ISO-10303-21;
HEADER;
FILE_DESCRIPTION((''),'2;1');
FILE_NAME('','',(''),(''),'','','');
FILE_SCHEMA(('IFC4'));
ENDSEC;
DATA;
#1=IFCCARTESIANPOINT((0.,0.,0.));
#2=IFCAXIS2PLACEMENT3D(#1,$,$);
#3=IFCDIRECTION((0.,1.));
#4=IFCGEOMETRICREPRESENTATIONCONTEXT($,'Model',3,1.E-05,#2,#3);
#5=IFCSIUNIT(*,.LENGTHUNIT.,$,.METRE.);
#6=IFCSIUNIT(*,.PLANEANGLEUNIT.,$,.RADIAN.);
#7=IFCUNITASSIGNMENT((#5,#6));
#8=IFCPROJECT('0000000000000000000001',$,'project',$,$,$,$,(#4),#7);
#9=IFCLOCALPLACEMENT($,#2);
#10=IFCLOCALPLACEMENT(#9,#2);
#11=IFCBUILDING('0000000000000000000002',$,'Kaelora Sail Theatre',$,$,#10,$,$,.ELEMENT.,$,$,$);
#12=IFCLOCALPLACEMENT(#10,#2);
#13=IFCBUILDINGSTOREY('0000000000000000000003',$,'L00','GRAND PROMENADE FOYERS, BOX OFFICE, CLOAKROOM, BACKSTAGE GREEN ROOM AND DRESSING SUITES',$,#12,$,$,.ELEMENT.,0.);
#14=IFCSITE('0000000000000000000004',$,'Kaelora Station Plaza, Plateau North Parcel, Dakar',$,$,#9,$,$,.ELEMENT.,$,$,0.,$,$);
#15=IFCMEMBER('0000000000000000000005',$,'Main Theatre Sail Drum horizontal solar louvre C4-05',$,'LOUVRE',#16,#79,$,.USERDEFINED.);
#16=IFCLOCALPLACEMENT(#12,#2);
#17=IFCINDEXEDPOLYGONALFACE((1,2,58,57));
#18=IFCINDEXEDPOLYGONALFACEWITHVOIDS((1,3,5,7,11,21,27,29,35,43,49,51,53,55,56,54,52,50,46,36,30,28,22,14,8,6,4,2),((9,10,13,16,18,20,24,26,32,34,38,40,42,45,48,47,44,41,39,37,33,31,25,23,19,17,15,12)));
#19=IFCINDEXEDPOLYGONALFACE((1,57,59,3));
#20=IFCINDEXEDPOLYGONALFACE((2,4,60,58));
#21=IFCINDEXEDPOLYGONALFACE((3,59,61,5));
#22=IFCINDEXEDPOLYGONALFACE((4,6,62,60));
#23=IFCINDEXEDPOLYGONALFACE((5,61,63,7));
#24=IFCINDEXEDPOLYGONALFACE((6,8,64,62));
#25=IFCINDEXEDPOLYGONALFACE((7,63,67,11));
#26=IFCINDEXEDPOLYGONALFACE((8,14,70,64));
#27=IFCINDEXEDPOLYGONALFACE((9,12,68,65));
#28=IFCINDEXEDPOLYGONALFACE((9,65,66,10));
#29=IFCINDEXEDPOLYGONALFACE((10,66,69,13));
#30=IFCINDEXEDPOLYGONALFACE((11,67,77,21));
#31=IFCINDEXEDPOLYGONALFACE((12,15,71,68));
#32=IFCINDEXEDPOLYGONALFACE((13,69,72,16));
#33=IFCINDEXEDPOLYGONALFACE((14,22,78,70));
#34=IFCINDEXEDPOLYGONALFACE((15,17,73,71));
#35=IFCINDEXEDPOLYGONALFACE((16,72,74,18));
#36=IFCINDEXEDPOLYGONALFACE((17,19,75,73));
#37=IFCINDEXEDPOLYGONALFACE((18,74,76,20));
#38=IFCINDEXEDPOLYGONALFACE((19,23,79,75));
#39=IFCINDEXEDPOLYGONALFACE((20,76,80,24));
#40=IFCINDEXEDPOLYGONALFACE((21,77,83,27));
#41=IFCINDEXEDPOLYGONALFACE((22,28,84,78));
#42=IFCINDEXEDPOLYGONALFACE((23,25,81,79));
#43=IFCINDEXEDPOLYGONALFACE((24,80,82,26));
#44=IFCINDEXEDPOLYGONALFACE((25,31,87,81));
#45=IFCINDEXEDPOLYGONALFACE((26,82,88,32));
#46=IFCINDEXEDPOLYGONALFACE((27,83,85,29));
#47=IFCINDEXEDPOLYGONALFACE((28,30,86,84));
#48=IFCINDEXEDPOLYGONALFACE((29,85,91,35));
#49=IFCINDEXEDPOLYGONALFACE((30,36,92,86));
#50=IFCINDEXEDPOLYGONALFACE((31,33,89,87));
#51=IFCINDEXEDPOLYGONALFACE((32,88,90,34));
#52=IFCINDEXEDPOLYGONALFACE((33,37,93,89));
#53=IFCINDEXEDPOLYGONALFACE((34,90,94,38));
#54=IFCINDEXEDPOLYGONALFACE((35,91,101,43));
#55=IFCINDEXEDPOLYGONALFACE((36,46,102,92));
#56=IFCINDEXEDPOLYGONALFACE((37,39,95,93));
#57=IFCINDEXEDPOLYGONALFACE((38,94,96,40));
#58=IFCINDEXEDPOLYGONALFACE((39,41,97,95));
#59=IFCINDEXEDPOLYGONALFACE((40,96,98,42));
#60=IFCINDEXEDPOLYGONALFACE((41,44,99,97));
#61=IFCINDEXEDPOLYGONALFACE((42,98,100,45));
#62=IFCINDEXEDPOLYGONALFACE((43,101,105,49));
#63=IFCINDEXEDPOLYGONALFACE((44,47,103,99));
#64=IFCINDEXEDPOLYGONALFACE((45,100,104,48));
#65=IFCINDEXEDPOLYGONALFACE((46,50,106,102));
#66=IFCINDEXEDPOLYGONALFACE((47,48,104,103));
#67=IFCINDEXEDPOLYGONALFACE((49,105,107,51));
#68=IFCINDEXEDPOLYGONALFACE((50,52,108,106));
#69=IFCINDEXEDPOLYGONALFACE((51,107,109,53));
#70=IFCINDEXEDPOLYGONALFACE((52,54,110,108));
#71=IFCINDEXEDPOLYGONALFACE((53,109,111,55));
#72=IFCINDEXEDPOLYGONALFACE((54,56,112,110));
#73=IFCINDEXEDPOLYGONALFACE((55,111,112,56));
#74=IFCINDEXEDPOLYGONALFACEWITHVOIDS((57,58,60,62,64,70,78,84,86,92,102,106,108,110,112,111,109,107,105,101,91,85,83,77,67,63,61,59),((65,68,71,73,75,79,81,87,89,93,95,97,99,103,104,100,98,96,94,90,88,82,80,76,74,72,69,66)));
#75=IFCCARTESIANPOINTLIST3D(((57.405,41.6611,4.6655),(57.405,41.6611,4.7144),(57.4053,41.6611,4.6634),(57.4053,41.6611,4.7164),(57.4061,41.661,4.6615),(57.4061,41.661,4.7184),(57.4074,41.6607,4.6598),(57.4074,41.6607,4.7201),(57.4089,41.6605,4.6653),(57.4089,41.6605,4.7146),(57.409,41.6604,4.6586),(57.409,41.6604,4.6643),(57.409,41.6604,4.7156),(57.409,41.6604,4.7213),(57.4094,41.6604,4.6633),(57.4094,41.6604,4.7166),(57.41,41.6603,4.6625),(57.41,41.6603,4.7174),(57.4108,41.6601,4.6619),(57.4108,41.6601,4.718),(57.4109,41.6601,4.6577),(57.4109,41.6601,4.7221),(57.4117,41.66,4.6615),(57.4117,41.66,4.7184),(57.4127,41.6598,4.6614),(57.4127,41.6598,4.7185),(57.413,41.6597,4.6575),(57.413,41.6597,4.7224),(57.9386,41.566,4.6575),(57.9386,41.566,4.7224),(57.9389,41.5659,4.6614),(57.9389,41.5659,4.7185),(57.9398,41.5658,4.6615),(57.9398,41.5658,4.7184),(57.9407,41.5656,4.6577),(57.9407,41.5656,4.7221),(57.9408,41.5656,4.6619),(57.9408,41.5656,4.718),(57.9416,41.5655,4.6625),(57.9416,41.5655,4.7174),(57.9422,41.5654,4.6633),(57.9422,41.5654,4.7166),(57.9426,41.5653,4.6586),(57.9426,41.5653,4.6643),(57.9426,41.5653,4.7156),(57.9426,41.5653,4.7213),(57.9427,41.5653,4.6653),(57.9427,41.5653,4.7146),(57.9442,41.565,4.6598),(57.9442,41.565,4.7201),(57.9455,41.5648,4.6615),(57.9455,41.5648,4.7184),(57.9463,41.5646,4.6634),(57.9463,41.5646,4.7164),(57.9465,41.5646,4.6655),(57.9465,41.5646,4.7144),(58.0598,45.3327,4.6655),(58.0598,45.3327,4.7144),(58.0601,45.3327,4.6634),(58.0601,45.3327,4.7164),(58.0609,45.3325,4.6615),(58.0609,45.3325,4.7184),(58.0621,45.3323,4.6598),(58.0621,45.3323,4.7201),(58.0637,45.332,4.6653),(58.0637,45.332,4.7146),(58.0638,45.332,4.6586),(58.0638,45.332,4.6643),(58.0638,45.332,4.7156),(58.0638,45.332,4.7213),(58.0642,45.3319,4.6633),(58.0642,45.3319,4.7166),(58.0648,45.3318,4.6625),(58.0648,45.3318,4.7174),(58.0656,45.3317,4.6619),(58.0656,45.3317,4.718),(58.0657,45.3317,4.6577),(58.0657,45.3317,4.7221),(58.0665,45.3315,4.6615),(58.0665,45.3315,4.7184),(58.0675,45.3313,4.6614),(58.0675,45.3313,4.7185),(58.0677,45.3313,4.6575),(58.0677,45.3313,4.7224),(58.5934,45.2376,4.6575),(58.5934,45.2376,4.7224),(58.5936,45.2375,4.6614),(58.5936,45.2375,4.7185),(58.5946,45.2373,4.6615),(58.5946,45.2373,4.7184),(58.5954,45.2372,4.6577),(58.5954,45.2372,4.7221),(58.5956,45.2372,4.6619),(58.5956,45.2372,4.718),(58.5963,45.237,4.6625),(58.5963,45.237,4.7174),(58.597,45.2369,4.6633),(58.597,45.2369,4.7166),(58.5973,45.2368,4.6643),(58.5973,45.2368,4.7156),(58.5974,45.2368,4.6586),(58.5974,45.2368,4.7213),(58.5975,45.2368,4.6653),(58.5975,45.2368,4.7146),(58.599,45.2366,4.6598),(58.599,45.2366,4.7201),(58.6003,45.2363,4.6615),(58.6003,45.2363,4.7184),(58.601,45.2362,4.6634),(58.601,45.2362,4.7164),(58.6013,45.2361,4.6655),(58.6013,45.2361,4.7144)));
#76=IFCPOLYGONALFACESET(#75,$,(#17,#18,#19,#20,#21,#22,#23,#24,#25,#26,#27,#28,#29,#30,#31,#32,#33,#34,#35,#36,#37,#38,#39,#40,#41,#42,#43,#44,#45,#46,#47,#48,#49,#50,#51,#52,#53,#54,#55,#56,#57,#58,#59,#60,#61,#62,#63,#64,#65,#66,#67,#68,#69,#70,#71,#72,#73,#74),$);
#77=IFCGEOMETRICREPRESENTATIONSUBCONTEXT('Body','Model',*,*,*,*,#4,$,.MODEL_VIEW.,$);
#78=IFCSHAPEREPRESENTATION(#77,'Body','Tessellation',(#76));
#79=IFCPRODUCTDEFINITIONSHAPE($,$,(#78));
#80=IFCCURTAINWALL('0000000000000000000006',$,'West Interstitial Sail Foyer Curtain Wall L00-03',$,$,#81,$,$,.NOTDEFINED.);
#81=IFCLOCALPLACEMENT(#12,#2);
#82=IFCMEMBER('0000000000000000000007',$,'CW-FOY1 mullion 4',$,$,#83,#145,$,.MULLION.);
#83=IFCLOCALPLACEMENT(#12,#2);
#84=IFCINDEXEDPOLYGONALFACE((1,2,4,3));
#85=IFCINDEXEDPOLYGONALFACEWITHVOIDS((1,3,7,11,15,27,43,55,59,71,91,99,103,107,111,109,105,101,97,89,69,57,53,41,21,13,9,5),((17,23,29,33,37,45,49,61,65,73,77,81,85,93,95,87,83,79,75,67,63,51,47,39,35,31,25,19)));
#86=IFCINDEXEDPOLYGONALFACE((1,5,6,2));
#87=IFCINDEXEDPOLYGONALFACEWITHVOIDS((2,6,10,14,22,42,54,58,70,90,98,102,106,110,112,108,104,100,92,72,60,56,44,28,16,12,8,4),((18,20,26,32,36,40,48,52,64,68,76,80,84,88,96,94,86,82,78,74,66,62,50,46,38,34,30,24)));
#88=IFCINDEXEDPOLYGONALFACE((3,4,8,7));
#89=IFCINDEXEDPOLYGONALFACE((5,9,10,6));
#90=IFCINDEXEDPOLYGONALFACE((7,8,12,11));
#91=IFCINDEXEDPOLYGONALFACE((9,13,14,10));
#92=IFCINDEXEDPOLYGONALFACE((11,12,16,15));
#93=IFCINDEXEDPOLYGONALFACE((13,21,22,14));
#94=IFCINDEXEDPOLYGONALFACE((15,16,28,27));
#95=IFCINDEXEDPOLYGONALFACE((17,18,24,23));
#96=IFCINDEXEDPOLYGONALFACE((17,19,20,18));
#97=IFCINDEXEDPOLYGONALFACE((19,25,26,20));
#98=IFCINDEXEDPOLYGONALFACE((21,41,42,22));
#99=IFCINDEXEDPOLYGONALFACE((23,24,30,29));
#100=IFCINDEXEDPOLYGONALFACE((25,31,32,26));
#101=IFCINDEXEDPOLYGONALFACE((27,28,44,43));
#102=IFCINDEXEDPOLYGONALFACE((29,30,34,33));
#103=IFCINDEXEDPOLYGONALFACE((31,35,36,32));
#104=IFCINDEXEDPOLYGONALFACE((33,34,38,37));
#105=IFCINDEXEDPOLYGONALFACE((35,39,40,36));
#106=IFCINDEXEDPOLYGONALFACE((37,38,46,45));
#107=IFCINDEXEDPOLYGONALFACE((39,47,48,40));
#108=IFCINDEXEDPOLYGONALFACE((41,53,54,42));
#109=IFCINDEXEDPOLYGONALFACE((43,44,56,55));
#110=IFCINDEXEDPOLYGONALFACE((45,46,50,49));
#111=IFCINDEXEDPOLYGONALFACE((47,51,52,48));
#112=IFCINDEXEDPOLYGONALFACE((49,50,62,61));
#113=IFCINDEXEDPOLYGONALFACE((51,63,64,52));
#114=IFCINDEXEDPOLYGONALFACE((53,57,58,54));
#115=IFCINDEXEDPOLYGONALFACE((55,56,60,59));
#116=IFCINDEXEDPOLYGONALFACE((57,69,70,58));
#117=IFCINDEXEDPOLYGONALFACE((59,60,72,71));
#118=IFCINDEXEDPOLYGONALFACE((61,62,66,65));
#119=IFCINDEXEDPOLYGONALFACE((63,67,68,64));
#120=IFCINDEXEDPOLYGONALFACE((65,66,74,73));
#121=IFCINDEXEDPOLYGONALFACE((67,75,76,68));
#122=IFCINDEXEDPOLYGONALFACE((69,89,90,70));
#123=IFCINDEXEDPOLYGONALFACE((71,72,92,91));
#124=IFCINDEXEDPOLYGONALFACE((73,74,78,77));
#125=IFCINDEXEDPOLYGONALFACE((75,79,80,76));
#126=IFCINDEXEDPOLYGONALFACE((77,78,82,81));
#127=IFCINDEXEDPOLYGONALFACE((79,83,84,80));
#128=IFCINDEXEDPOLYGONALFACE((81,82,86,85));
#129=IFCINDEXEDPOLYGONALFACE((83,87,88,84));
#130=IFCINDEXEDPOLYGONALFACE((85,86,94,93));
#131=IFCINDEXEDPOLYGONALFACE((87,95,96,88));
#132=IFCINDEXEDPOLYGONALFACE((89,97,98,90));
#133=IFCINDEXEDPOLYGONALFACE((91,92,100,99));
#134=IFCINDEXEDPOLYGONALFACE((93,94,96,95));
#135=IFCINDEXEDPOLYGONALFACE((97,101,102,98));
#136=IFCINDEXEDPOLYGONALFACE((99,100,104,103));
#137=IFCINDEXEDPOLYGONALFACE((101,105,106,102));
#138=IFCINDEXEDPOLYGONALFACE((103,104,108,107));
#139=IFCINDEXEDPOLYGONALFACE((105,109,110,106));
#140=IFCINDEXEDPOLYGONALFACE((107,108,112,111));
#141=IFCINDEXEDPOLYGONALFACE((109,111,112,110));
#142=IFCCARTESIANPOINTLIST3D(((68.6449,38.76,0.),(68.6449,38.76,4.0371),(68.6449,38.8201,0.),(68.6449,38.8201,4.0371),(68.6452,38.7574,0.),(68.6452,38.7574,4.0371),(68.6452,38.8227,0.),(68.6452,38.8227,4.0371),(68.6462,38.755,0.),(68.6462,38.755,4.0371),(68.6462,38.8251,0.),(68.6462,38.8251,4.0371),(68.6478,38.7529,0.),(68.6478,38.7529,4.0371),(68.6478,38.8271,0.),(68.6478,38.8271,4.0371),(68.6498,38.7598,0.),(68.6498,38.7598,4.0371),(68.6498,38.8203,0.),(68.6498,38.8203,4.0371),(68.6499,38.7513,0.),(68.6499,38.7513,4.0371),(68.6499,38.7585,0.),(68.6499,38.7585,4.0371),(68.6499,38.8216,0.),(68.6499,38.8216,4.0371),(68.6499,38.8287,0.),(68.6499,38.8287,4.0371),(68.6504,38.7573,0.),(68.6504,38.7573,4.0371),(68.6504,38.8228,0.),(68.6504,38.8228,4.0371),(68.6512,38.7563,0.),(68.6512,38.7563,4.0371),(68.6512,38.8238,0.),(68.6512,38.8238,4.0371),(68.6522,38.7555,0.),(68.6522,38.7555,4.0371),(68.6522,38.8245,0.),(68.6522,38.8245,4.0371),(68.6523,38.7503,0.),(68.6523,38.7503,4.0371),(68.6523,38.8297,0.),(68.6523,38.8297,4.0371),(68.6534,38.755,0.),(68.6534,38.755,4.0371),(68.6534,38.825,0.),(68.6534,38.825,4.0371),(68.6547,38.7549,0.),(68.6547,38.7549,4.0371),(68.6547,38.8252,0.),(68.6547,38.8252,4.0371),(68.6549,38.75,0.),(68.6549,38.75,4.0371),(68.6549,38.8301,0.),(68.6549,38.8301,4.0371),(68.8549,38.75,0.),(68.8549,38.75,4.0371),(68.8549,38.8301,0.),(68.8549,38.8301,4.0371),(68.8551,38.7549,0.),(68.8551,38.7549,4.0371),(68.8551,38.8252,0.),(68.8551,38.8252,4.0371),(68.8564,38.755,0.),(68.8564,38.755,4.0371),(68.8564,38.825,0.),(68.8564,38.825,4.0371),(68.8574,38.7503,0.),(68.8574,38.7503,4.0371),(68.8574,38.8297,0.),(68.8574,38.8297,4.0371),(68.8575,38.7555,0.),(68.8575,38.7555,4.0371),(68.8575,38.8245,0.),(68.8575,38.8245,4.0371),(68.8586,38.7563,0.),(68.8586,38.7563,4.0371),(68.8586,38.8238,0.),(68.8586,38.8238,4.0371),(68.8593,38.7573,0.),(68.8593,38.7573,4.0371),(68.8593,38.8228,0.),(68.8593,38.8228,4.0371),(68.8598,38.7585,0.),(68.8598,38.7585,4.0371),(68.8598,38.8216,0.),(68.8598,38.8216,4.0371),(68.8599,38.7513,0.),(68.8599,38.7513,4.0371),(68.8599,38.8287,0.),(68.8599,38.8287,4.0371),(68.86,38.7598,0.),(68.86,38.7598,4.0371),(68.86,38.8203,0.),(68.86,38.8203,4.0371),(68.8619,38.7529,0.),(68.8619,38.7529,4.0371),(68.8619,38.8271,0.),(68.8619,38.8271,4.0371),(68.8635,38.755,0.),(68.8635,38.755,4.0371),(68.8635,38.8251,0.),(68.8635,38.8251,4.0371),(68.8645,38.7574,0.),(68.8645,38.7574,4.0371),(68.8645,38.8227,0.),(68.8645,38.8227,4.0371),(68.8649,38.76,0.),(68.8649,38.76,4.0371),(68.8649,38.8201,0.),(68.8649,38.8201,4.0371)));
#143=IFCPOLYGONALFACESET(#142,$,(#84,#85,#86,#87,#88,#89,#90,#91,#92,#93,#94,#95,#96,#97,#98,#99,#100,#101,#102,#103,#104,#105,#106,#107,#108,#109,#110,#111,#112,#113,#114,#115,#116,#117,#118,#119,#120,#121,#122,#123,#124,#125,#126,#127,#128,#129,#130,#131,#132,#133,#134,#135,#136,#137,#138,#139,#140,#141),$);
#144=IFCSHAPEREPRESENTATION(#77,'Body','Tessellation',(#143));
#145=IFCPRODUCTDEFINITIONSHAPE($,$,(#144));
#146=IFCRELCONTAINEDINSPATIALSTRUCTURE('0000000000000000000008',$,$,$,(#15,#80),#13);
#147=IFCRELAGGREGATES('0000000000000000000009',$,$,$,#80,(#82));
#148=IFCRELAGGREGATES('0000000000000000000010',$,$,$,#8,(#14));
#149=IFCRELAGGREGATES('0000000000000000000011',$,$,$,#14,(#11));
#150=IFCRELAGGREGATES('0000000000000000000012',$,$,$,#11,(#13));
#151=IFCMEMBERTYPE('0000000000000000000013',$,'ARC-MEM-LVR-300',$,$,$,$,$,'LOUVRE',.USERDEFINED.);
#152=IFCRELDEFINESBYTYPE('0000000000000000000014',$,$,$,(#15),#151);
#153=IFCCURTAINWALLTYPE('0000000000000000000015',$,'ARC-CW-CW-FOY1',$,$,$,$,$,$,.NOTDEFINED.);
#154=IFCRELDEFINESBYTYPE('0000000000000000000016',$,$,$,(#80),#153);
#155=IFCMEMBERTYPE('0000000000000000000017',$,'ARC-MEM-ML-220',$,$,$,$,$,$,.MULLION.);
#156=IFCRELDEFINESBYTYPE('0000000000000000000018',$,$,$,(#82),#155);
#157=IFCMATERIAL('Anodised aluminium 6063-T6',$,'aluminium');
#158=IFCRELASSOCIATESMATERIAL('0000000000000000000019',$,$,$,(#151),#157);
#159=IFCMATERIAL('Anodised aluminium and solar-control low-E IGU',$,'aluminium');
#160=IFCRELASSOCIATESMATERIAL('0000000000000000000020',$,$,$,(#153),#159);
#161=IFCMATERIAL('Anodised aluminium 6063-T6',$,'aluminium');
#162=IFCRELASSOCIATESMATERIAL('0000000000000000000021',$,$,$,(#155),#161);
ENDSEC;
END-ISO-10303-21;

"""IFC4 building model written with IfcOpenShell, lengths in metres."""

from ifc_helpers import new_model, si_unit, direction, frame, origin, origin_2d, place, context, subcontext, project, spatial, hollow_rectangle, extrude, material, material_profile, profile_set, type_object, element, aggregate, save


model = new_model("IFC4")

# Units and contexts
model_context = context("Model", 3, precision=1e-05, world=origin(), true_north=direction((0.0, 1.0)))
body_context = subcontext(model_context, "Body", "Model", "MODEL_VIEW")
ifc_project = project(units=[si_unit("LENGTHUNIT", "METRE"), si_unit("PLANEANGLEUNIT", "RADIAN")], contexts=[model_context])

# Site, building, storey
site_placement = place(None, origin())
site = spatial("IfcSite", under=ifc_project, at=site_placement, Name="Kaelora Station Plaza, Plateau North Parcel, Dakar", CompositionType="ELEMENT", RefElevation=0.0)
building_placement = place(site_placement, origin())
building = spatial("IfcBuilding", under=site, at=building_placement, Name="Kaelora Sail Theatre", CompositionType="ELEMENT")
storey_placement = place(building_placement, origin())
storey = spatial("IfcBuildingStorey", under=building, at=storey_placement, Name="L00", Description="GRAND PROMENADE FOYERS, BOX OFFICE, CLOAKROOM, BACKSTAGE GREEN ROOM AND DRESSING SUITES", CompositionType="ELEMENT", Elevation=0.0)

# Member
ifc_material_1 = material(Name="Anodised aluminium 6063-T6", Category="aluminium")
ifc_material_profile_1 = material_profile(ifc_material_1, hollow_rectangle(XDim=0.55, YDim=0.0649, WallThickness=0.0039, InnerFilletRadius=0.0039, OuterFilletRadius=0.0081, at=origin_2d()), Name="LOUVRE 550x65x4")
ifc_profile_set_1 = profile_set([ifc_material_profile_1], Name="Anodised aluminium 6063-T6")
member_type_1 = type_object("IfcMemberType", Name="ARC-MEM-LVR-300", ElementType="LOUVRE", PredefinedType="USERDEFINED", material=ifc_profile_set_1)
for number, where, z_axis, x_axis, name in (
    (1, (58.3306, 45.2844, 4.6899), (-0.175566, -0.984468, 0.0), (0.984468, -0.175566, 0.0), "Main Theatre Sail Drum horizontal solar louvre C4-05"),
):
    element("IfcMember", number, at=place(storey_placement, frame(where, z_axis=z_axis, x_axis=x_axis)), inside=storey, type_object=member_type_1, Name=name, ObjectType="LOUVRE", PredefinedType="USERDEFINED", context=body_context, shape_type="SweptSolid", body=[
        extrude(hollow_rectangle(XDim=0.55, YDim=0.0649, WallThickness=0.0039, InnerFilletRadius=0.0039, OuterFilletRadius=0.0081, at=origin_2d()), origin(), (0.0, 0.0, 1.0), 3.7295),
    ])

# Curtain wall, member
ifc_material_2 = material(Name="Anodised aluminium and solar-control low-E IGU", Category="aluminium")
curtain_wall_type = type_object("IfcCurtainWallType", Name="ARC-CW-CW-FOY1", PredefinedType="NOTDEFINED", material=ifc_material_2)
curtain_wall_placement = place(storey_placement, origin())
curtain_wall = element("IfcCurtainWall", 2, at=curtain_wall_placement, inside=storey, type_object=curtain_wall_type, Name="West Interstitial Sail Foyer Curtain Wall L00-03", PredefinedType="NOTDEFINED")
ifc_material_3 = material(Name="Anodised aluminium 6063-T6", Category="aluminium")
ifc_material_profile_2 = material_profile(ifc_material_3, hollow_rectangle(XDim=0.0801, YDim=0.22, WallThickness=0.0049, InnerFilletRadius=0.0049, OuterFilletRadius=0.01, at=origin_2d()), Name="ALU-MULL 80x220x5")
ifc_profile_set_2 = profile_set([ifc_material_profile_2], Name="Anodised aluminium 6063-T6")
member_type_2 = type_object("IfcMemberType", Name="ARC-MEM-ML-220", PredefinedType="MULLION", material=ifc_profile_set_2)
member_1_placement = place(storey_placement, frame((68.7549, 38.79, 0.0), z_axis=(0.0, 0.0, 1.0), x_axis=(0.0, 1.0, 0.0)))
member_1 = element("IfcMember", 3, at=member_1_placement, type_object=member_type_2, Name="CW-FOY1 mullion 4", PredefinedType="MULLION", context=body_context, shape_type="SweptSolid", body=[
    extrude(hollow_rectangle(XDim=0.0801, YDim=0.22, WallThickness=0.0049, InnerFilletRadius=0.0049, OuterFilletRadius=0.01, at=origin_2d()), origin(), (0.0, 0.0, 1.0), 4.0371),
])

aggregate(curtain_wall, [member_1])

save(model, "model.ifc")
